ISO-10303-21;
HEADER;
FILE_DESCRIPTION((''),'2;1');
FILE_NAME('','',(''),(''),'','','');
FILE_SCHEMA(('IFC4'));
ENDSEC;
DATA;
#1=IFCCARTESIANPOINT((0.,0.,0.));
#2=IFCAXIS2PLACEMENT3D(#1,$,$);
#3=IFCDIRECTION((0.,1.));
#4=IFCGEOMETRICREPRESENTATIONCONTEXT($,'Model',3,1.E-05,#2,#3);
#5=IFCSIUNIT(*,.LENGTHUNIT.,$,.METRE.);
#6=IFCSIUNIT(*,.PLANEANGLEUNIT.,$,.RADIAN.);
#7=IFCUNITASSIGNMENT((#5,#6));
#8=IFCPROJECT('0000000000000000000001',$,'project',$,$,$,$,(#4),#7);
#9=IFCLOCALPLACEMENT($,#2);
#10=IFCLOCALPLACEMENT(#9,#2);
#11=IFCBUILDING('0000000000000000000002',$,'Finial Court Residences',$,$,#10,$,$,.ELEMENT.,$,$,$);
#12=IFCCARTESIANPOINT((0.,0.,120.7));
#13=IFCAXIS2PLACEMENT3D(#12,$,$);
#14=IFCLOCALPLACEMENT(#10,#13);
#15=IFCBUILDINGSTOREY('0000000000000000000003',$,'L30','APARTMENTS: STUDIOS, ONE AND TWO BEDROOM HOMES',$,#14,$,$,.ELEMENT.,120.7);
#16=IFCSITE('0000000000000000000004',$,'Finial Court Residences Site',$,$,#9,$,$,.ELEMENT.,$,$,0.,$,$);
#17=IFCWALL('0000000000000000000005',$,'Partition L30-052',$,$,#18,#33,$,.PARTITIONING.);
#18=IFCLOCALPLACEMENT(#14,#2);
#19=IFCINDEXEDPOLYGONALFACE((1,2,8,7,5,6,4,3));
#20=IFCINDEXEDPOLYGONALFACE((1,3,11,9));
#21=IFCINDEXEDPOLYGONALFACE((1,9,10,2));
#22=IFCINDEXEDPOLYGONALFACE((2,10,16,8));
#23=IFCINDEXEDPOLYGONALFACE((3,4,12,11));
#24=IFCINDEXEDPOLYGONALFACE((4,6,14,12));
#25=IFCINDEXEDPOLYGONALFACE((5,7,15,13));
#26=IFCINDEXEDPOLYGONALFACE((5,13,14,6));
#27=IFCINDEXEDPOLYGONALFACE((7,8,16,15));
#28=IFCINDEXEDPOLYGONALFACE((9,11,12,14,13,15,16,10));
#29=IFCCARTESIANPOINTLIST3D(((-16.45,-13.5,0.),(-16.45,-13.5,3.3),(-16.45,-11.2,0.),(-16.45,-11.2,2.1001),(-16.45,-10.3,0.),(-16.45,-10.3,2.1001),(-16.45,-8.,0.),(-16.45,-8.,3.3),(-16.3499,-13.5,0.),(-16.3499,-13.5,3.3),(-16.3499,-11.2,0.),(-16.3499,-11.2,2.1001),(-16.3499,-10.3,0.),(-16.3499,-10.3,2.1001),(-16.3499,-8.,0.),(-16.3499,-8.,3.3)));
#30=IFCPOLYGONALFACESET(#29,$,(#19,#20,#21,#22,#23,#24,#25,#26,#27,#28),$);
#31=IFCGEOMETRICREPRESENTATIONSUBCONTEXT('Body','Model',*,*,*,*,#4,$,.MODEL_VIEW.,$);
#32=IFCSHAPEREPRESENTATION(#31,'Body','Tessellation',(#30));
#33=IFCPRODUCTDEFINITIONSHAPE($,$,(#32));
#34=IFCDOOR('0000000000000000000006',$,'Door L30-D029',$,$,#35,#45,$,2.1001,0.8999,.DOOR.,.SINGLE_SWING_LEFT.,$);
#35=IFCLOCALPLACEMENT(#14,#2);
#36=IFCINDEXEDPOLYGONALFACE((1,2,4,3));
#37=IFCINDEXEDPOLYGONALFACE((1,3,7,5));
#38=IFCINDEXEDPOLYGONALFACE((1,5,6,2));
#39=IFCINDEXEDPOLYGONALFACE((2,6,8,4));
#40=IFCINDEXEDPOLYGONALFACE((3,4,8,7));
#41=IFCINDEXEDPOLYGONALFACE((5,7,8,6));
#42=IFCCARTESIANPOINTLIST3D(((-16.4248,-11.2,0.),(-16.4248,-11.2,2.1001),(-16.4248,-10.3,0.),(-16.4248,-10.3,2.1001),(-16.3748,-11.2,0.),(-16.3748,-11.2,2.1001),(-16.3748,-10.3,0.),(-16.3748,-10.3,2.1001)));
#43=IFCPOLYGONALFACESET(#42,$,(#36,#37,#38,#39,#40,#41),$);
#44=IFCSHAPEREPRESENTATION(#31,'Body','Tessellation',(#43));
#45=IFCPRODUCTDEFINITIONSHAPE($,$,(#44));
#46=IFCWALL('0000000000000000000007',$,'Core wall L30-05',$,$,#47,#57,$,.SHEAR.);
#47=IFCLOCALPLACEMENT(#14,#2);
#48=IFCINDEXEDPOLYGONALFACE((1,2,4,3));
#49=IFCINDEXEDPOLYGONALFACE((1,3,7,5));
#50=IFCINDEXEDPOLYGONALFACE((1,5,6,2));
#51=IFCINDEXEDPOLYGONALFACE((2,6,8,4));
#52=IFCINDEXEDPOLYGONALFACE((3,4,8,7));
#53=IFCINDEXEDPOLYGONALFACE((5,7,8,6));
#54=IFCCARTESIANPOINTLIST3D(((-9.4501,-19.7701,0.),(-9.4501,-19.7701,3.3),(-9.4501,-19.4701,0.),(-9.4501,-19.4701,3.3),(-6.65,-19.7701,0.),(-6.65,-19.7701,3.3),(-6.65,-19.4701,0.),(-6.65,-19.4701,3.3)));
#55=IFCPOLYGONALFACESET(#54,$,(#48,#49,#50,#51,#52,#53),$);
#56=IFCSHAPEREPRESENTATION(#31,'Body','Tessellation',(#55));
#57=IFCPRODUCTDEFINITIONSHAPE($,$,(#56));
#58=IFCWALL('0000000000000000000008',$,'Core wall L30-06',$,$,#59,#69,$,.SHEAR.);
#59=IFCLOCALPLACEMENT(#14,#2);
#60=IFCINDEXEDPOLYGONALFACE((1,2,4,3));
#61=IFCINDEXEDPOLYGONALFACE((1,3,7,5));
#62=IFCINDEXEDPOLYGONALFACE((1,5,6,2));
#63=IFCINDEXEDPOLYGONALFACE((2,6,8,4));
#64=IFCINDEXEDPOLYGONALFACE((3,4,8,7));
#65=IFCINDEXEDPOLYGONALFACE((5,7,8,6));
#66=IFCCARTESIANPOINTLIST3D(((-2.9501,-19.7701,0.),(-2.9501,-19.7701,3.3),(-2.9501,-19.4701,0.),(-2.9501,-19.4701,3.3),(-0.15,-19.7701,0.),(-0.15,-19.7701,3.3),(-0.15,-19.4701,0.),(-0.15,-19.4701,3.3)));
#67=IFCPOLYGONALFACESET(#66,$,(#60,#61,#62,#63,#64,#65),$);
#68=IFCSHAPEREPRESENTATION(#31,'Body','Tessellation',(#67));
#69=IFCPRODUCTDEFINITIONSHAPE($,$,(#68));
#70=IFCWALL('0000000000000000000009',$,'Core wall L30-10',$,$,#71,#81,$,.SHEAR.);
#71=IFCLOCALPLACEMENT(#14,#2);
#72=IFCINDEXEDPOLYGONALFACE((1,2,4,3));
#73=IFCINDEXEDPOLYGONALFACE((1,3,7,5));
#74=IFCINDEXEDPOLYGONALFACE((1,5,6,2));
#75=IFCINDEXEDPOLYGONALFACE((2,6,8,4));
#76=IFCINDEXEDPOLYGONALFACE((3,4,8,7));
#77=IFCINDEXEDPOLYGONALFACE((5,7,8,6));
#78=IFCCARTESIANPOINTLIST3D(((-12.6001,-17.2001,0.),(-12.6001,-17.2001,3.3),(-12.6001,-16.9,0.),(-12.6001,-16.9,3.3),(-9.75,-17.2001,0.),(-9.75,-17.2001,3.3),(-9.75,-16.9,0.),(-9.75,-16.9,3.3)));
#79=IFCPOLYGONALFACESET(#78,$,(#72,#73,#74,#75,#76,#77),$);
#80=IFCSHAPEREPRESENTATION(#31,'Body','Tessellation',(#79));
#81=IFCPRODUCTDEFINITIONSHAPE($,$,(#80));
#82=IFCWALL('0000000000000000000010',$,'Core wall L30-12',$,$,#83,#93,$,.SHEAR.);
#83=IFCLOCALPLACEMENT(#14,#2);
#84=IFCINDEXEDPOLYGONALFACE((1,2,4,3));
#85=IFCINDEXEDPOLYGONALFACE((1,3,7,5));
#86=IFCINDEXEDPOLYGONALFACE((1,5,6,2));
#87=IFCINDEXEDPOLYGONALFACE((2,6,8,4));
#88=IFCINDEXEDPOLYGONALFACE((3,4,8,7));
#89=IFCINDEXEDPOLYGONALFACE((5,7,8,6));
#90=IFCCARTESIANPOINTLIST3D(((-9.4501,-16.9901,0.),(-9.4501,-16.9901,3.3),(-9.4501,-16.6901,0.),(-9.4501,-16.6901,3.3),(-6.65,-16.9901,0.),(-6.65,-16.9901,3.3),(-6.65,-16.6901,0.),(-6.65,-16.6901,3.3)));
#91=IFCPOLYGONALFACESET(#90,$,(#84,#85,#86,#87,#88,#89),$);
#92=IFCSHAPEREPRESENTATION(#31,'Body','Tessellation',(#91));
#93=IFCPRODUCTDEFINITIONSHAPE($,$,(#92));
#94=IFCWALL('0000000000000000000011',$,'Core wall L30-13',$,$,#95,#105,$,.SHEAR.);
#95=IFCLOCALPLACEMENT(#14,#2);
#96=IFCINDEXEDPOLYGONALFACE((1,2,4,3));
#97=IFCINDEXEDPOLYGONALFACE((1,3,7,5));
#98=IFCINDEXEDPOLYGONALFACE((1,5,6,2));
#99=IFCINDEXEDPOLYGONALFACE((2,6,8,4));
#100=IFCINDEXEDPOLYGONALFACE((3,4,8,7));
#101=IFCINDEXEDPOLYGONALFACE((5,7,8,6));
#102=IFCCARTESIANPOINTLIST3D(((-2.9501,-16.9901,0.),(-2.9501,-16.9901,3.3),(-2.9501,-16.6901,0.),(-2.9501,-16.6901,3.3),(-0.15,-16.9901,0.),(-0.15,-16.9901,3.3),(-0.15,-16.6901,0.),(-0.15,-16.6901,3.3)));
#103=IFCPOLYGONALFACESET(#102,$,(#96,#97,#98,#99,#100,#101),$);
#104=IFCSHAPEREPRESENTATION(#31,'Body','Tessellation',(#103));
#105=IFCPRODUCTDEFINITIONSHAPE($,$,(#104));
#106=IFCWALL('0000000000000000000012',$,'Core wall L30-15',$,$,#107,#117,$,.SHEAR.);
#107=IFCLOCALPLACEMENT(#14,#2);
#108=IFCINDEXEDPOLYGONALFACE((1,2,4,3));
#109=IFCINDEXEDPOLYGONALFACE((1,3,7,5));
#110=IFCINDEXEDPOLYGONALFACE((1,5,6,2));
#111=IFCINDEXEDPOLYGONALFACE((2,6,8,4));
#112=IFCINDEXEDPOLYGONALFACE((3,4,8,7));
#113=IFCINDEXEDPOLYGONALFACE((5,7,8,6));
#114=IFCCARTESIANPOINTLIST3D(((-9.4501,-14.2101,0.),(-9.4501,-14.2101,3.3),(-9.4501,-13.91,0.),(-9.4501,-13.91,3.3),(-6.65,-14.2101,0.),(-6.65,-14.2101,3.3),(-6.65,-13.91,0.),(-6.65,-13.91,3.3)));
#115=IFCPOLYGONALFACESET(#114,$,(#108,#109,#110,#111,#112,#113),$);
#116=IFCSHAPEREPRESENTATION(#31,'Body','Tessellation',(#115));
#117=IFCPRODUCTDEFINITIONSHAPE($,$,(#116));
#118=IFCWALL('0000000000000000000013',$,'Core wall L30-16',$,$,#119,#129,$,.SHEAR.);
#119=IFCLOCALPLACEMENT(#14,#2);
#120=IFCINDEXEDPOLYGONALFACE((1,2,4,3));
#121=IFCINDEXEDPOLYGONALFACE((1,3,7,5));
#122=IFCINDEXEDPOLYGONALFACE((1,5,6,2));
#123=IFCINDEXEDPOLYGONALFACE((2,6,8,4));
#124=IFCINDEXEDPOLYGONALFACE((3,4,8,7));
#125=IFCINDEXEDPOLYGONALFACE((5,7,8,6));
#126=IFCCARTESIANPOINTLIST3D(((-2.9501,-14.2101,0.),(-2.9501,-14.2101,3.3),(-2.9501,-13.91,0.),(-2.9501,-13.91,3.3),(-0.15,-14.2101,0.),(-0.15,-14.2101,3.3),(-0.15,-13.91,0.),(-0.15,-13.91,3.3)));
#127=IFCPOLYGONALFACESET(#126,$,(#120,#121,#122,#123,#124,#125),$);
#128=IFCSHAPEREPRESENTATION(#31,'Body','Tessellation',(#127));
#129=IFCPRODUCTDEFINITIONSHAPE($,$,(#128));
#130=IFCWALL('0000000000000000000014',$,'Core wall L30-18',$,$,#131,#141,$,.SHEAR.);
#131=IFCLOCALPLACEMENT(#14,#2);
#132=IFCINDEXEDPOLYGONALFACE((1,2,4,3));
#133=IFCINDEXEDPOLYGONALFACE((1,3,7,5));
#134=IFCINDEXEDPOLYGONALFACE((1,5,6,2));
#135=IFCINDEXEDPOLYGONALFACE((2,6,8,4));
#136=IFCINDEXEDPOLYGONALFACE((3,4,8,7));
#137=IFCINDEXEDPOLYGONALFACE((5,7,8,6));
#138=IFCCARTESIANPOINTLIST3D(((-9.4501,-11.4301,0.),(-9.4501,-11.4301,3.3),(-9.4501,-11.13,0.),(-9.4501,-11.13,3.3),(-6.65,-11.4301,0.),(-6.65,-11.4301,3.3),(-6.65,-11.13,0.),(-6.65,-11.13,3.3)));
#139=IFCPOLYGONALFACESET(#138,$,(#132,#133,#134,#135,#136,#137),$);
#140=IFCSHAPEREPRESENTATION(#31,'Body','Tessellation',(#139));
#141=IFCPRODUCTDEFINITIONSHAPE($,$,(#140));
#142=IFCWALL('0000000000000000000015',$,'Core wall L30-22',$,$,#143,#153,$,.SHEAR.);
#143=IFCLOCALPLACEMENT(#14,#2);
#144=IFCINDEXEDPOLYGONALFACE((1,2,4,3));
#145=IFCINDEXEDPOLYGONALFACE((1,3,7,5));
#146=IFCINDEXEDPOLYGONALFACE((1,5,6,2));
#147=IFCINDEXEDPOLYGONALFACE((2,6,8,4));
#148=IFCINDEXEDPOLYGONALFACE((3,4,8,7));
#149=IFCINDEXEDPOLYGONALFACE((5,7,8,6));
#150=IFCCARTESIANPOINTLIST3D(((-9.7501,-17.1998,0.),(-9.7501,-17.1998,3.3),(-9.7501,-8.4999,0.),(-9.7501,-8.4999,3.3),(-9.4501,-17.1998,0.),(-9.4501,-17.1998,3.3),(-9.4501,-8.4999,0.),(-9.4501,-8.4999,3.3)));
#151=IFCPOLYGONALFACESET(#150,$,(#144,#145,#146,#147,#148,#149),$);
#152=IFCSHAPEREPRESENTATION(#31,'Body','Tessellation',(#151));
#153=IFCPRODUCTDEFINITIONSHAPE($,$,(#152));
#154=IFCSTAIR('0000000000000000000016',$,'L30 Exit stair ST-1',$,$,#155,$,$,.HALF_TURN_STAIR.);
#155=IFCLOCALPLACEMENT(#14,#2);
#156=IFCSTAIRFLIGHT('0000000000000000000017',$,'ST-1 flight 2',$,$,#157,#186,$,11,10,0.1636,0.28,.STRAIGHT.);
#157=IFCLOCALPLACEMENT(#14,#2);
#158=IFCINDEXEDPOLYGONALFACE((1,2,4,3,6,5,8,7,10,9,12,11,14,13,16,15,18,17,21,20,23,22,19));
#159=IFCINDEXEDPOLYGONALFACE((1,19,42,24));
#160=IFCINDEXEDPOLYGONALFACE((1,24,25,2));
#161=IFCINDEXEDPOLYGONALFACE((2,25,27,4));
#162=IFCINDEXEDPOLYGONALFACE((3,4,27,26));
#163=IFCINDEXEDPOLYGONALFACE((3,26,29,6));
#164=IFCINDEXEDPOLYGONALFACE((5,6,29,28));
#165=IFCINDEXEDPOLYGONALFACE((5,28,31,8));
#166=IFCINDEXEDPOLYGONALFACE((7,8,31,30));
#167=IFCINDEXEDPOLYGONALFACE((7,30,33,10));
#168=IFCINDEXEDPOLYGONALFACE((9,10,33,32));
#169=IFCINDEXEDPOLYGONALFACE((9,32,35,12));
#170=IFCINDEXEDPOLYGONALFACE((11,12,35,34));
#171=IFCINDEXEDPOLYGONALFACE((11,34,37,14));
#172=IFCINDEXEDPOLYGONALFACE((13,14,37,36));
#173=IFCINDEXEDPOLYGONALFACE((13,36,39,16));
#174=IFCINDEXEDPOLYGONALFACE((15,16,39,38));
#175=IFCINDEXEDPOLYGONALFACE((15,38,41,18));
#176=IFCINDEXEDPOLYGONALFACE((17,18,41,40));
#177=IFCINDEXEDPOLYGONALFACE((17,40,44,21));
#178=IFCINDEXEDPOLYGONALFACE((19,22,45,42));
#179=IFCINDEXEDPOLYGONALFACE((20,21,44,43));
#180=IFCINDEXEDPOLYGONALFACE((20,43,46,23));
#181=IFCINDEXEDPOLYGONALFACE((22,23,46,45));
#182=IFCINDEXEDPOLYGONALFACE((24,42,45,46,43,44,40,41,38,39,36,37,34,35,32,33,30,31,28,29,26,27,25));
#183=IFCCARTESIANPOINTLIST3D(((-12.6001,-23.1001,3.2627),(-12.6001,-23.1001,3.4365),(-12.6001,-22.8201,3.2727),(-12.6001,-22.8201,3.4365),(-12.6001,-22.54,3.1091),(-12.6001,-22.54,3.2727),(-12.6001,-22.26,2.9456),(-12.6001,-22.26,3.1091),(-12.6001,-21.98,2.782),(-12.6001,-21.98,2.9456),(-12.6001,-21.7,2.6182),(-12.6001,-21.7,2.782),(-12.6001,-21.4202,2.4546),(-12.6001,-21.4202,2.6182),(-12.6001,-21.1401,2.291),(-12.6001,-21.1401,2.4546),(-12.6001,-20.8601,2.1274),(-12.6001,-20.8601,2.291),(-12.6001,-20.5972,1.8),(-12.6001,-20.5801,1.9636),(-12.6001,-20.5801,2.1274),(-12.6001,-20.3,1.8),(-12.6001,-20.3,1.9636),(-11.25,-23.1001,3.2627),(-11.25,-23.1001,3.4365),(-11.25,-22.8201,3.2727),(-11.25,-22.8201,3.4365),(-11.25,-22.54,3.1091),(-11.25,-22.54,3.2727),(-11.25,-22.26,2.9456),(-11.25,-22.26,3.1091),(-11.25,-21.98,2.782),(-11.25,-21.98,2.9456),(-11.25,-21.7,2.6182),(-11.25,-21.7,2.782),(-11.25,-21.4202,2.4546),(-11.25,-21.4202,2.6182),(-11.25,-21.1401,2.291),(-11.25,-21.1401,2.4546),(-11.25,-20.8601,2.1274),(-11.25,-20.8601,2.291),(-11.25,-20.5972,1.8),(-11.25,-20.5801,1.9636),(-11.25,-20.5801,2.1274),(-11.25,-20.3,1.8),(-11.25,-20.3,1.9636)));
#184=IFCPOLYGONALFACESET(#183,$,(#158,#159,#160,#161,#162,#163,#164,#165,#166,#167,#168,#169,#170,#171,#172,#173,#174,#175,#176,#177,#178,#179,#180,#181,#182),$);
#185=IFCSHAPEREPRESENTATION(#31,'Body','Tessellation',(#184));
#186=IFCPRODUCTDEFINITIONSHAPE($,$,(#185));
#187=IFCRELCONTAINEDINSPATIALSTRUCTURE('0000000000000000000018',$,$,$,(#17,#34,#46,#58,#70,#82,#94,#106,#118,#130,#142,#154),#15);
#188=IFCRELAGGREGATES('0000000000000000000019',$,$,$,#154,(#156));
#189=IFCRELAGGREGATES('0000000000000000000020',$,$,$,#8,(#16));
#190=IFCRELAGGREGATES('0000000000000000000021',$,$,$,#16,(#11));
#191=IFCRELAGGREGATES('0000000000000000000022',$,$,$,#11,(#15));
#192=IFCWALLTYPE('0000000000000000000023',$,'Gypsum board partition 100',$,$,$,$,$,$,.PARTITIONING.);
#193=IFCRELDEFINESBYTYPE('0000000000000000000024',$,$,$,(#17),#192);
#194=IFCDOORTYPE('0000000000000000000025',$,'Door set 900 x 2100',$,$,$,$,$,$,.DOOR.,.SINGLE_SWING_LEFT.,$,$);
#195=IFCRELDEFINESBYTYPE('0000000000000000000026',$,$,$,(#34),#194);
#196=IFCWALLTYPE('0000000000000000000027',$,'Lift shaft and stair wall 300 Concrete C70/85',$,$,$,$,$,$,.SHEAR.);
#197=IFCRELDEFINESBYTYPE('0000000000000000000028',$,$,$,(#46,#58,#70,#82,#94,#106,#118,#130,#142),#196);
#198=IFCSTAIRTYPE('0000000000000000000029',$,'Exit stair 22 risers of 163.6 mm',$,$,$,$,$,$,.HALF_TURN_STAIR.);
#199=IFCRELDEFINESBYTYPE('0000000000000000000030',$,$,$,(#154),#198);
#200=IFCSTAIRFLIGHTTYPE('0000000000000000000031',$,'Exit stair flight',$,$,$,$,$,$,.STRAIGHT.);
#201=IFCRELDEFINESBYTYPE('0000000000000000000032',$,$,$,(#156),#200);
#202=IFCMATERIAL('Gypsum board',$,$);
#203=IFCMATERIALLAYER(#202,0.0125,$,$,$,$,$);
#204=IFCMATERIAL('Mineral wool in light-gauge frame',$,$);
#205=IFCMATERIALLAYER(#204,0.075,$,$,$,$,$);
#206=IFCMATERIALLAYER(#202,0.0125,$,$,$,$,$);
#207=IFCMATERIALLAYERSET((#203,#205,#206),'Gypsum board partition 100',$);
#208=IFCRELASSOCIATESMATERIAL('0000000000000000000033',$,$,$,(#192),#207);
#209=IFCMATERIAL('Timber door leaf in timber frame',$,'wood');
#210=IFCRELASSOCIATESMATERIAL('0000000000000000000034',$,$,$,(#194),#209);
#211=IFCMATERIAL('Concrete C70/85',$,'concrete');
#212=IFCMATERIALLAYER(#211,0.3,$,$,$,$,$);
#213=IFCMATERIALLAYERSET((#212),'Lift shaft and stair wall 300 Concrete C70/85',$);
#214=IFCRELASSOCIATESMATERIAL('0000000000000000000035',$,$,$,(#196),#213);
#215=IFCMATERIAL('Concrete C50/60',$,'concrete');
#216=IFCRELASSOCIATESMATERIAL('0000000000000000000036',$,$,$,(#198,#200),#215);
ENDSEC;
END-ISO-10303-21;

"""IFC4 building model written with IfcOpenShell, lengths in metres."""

from ifc_helpers import new_model, si_unit, direction, frame, frame_2d, origin, place, context, subcontext, project, spatial, polyline, rectangle, outline, extrude, material, layer, layer_set, type_object, element, fill, aggregate, save


model = new_model("IFC4")

# Units and contexts
model_context = context("Model", 3, precision=1e-05, world=origin(), true_north=direction((0.0, 1.0)))
body_context = subcontext(model_context, "Body", "Model", "MODEL_VIEW")
ifc_project = project(units=[si_unit("LENGTHUNIT", "METRE"), si_unit("PLANEANGLEUNIT", "RADIAN")], contexts=[model_context])

# Site, building, storey
site_placement = place(None, origin())
site = spatial("IfcSite", under=ifc_project, at=site_placement, Name="Finial Court Residences Site", CompositionType="ELEMENT", RefElevation=0.0)
building_placement = place(site_placement, origin())
building = spatial("IfcBuilding", under=site, at=building_placement, Name="Finial Court Residences", CompositionType="ELEMENT")
storey_placement = place(building_placement, frame((0.0, 0.0, 120.7)))
storey = spatial("IfcBuildingStorey", under=building, at=storey_placement, Name="L30", Description="APARTMENTS: STUDIOS, ONE AND TWO BEDROOM HOMES", CompositionType="ELEMENT", Elevation=120.7)

# Wall, opening, door
ifc_material_1 = material(Name="Gypsum board")
ifc_layer_1 = layer(ifc_material_1, 0.0125)
ifc_material_2 = material(Name="Mineral wool in light-gauge frame")
ifc_layer_2 = layer(ifc_material_2, 0.075)
ifc_layer_3 = layer(ifc_material_1, 0.0125)
ifc_layer_set_1 = layer_set([ifc_layer_1, ifc_layer_2, ifc_layer_3], Name="Gypsum board partition 100")
wall_type_1 = type_object("IfcWallType", Name="Gypsum board partition 100", PredefinedType="PARTITIONING", material=ifc_layer_set_1)
wall_1_placement = place(storey_placement, frame((-16.3999, -13.5, 0.0), z_axis=(0.0, 0.0, 1.0), x_axis=(0.0, 1.0, 0.0)))
wall_1 = element("IfcWall", 1, at=wall_1_placement, inside=storey, type_object=wall_type_1, Name="Partition L30-052", PredefinedType="PARTITIONING", context=body_context, shape_type="SweptSolid", body=[
    extrude(rectangle(XDim=5.5, YDim=0.1001, at=frame_2d((2.75, 0.0))), origin(), (0.0, 0.0, 1.0), 3.3),
])
opening_placement = place(wall_1_placement, frame((2.3, 0.0, 0.0)))
opening = element("IfcOpeningElement", 2, at=opening_placement, cuts=wall_1, PredefinedType="OPENING", context=body_context, shape_type="SweptSolid", body=[
    extrude(rectangle(XDim=0.8999, YDim=2.1001, at=frame_2d((0.45, 1.05))), frame((0.0, 0.0601, 0.0), z_axis=(0.0, -1.0, 0.0), x_axis=(1.0, 0.0, 0.0)), (0.0, 0.0, 1.0), 0.1201),
])
ifc_material_3 = material(Name="Timber door leaf in timber frame", Category="wood")
door_type = type_object("IfcDoorType", Name="Door set 900 x 2100", OperationType="SINGLE_SWING_LEFT", PredefinedType="DOOR", material=ifc_material_3)
door_placement = place(opening_placement, origin())
door = element("IfcDoor", 3, at=door_placement, inside=storey, type_object=door_type, Name="Door L30-D029", OperationType="SINGLE_SWING_LEFT", OverallHeight=2.1001, OverallWidth=0.8999, PredefinedType="DOOR", context=body_context, shape_type="SweptSolid", body=[
    extrude(rectangle(XDim=0.8999, YDim=2.1001, at=frame_2d((0.45, 1.05))), frame((0.0, 0.0249, 0.0), z_axis=(0.0, -1.0, 0.0), x_axis=(1.0, 0.0, 0.0)), (0.0, 0.0, 1.0), 0.05),
])
fill(opening, door)

# Walls
ifc_material_4 = material(Name="Concrete C70/85", Category="concrete")
ifc_layer_4 = layer(ifc_material_4, 0.3)
ifc_layer_set_2 = layer_set([ifc_layer_4], Name="Lift shaft and stair wall 300 Concrete C70/85")
wall_type_2 = type_object("IfcWallType", Name="Lift shaft and stair wall 300 Concrete C70/85", PredefinedType="SHEAR", material=ifc_layer_set_2)
for number, where, z_axis, x_axis, name in (
    (4, (-9.45, -19.6201, 0.0), (0.0, 0.0, 1.0), (1.0, 0.0, 0.0), "Core wall L30-05"),
    (5, (-2.95, -19.6201, 0.0), (0.0, 0.0, 1.0), (1.0, 0.0, 0.0), "Core wall L30-06"),
):
    element("IfcWall", number, at=place(storey_placement, frame(where, z_axis=z_axis, x_axis=x_axis)), inside=storey, type_object=wall_type_2, Name=name, PredefinedType="SHEAR", context=body_context, shape_type="SweptSolid", body=[
        extrude(rectangle(XDim=2.8, YDim=0.3, at=frame_2d((1.3999, 0.0))), origin(), (0.0, 0.0, 1.0), 3.3),
    ])
wall_2_placement = place(storey_placement, frame((-12.6001, -17.05, 0.0), z_axis=(0.0, 0.0, 1.0), x_axis=(1.0, 0.0, 0.0)))
element("IfcWall", 6, at=wall_2_placement, inside=storey, type_object=wall_type_2, Name="Core wall L30-10", PredefinedType="SHEAR", context=body_context, shape_type="SweptSolid", body=[
    extrude(rectangle(XDim=2.8501, YDim=0.3, at=frame_2d((1.425, 0.0))), origin(), (0.0, 0.0, 1.0), 3.3),
])
for number, where, z_axis, x_axis, name in (
    (7, (-9.45, -16.8401, 0.0), (0.0, 0.0, 1.0), (1.0, 0.0, 0.0), "Core wall L30-12"),
    (8, (-2.95, -16.8401, 0.0), (0.0, 0.0, 1.0), (1.0, 0.0, 0.0), "Core wall L30-13"),
    (9, (-9.45, -14.0601, 0.0), (0.0, 0.0, 1.0), (1.0, 0.0, 0.0), "Core wall L30-15"),
    (10, (-2.95, -14.0601, 0.0), (0.0, 0.0, 1.0), (1.0, 0.0, 0.0), "Core wall L30-16"),
    (11, (-9.45, -11.28, 0.0), (0.0, 0.0, 1.0), (1.0, 0.0, 0.0), "Core wall L30-18"),
):
    element("IfcWall", number, at=place(storey_placement, frame(where, z_axis=z_axis, x_axis=x_axis)), inside=storey, type_object=wall_type_2, Name=name, PredefinedType="SHEAR", context=body_context, shape_type="SweptSolid", body=[
        extrude(rectangle(XDim=2.8, YDim=0.3, at=frame_2d((1.3999, 0.0))), origin(), (0.0, 0.0, 1.0), 3.3),
    ])
wall_3_placement = place(storey_placement, frame((-9.6001, -17.2, 0.0), z_axis=(0.0, 0.0, 1.0), x_axis=(0.0, 1.0, 0.0)))
element("IfcWall", 12, at=wall_3_placement, inside=storey, type_object=wall_type_2, Name="Core wall L30-22", PredefinedType="SHEAR", context=body_context, shape_type="SweptSolid", body=[
    extrude(rectangle(XDim=8.7, YDim=0.3, at=frame_2d((4.3501, 0.0))), origin(), (0.0, 0.0, 1.0), 3.3),
])

# Stair, stair flight
ifc_material_5 = material(Name="Concrete C50/60", Category="concrete")
stair_type = type_object("IfcStairType", Name="Exit stair 22 risers of 163.6 mm", PredefinedType="HALF_TURN_STAIR", material=ifc_material_5)
stair_placement = place(storey_placement, origin())
stair = element("IfcStair", 13, at=stair_placement, inside=storey, type_object=stair_type, Name="L30 Exit stair ST-1", PredefinedType="HALF_TURN_STAIR")
stair_flight_type = type_object("IfcStairFlightType", Name="Exit stair flight", PredefinedType="STRAIGHT", material=ifc_material_5)
stair_flight_placement = place(storey_placement, frame((-11.925, -20.3, 1.8), z_axis=(0.0, 0.0, 1.0), x_axis=(0.0, -1.0, 0.0)))
stair_flight = element("IfcStairFlight", 14, at=stair_flight_placement, type_object=stair_flight_type, Name="ST-1 flight 2", NumberOfRisers=11, NumberOfTreads=10, PredefinedType="STRAIGHT", RiserHeight=0.1636, TreadLength=0.28, context=body_context, shape_type="SweptSolid", body=[
    extrude(outline(polyline([(0.0, 0.0), (0.0, 0.1636), (0.28, 0.1636), (0.28, 0.3274), (0.5601, 0.3274), (0.5601, 0.491), (0.8401, 0.491), (0.8401, 0.6545), (1.1201, 0.6545), (1.1201, 0.8181), (1.3999, 0.8181), (1.3999, 0.9819), (1.6799, 0.9819), (1.6799, 1.1455), (1.96, 1.1455), (1.96, 1.3091), (2.24, 1.3091), (2.24, 1.4727), (2.52, 1.4727), (2.52, 1.6365), (2.8, 1.6365), (2.8, 1.8), (2.8, 1.4626), (0.2971, 0.0), (0.0, 0.0)])), frame((0.0, 0.675, 0.0), z_axis=(0.0, -1.0, 0.0), x_axis=(1.0, 0.0, 0.0)), (0.0, 0.0, 1.0), 1.3501),
])
aggregate(stair, [stair_flight])

save(model, "model.ifc")
